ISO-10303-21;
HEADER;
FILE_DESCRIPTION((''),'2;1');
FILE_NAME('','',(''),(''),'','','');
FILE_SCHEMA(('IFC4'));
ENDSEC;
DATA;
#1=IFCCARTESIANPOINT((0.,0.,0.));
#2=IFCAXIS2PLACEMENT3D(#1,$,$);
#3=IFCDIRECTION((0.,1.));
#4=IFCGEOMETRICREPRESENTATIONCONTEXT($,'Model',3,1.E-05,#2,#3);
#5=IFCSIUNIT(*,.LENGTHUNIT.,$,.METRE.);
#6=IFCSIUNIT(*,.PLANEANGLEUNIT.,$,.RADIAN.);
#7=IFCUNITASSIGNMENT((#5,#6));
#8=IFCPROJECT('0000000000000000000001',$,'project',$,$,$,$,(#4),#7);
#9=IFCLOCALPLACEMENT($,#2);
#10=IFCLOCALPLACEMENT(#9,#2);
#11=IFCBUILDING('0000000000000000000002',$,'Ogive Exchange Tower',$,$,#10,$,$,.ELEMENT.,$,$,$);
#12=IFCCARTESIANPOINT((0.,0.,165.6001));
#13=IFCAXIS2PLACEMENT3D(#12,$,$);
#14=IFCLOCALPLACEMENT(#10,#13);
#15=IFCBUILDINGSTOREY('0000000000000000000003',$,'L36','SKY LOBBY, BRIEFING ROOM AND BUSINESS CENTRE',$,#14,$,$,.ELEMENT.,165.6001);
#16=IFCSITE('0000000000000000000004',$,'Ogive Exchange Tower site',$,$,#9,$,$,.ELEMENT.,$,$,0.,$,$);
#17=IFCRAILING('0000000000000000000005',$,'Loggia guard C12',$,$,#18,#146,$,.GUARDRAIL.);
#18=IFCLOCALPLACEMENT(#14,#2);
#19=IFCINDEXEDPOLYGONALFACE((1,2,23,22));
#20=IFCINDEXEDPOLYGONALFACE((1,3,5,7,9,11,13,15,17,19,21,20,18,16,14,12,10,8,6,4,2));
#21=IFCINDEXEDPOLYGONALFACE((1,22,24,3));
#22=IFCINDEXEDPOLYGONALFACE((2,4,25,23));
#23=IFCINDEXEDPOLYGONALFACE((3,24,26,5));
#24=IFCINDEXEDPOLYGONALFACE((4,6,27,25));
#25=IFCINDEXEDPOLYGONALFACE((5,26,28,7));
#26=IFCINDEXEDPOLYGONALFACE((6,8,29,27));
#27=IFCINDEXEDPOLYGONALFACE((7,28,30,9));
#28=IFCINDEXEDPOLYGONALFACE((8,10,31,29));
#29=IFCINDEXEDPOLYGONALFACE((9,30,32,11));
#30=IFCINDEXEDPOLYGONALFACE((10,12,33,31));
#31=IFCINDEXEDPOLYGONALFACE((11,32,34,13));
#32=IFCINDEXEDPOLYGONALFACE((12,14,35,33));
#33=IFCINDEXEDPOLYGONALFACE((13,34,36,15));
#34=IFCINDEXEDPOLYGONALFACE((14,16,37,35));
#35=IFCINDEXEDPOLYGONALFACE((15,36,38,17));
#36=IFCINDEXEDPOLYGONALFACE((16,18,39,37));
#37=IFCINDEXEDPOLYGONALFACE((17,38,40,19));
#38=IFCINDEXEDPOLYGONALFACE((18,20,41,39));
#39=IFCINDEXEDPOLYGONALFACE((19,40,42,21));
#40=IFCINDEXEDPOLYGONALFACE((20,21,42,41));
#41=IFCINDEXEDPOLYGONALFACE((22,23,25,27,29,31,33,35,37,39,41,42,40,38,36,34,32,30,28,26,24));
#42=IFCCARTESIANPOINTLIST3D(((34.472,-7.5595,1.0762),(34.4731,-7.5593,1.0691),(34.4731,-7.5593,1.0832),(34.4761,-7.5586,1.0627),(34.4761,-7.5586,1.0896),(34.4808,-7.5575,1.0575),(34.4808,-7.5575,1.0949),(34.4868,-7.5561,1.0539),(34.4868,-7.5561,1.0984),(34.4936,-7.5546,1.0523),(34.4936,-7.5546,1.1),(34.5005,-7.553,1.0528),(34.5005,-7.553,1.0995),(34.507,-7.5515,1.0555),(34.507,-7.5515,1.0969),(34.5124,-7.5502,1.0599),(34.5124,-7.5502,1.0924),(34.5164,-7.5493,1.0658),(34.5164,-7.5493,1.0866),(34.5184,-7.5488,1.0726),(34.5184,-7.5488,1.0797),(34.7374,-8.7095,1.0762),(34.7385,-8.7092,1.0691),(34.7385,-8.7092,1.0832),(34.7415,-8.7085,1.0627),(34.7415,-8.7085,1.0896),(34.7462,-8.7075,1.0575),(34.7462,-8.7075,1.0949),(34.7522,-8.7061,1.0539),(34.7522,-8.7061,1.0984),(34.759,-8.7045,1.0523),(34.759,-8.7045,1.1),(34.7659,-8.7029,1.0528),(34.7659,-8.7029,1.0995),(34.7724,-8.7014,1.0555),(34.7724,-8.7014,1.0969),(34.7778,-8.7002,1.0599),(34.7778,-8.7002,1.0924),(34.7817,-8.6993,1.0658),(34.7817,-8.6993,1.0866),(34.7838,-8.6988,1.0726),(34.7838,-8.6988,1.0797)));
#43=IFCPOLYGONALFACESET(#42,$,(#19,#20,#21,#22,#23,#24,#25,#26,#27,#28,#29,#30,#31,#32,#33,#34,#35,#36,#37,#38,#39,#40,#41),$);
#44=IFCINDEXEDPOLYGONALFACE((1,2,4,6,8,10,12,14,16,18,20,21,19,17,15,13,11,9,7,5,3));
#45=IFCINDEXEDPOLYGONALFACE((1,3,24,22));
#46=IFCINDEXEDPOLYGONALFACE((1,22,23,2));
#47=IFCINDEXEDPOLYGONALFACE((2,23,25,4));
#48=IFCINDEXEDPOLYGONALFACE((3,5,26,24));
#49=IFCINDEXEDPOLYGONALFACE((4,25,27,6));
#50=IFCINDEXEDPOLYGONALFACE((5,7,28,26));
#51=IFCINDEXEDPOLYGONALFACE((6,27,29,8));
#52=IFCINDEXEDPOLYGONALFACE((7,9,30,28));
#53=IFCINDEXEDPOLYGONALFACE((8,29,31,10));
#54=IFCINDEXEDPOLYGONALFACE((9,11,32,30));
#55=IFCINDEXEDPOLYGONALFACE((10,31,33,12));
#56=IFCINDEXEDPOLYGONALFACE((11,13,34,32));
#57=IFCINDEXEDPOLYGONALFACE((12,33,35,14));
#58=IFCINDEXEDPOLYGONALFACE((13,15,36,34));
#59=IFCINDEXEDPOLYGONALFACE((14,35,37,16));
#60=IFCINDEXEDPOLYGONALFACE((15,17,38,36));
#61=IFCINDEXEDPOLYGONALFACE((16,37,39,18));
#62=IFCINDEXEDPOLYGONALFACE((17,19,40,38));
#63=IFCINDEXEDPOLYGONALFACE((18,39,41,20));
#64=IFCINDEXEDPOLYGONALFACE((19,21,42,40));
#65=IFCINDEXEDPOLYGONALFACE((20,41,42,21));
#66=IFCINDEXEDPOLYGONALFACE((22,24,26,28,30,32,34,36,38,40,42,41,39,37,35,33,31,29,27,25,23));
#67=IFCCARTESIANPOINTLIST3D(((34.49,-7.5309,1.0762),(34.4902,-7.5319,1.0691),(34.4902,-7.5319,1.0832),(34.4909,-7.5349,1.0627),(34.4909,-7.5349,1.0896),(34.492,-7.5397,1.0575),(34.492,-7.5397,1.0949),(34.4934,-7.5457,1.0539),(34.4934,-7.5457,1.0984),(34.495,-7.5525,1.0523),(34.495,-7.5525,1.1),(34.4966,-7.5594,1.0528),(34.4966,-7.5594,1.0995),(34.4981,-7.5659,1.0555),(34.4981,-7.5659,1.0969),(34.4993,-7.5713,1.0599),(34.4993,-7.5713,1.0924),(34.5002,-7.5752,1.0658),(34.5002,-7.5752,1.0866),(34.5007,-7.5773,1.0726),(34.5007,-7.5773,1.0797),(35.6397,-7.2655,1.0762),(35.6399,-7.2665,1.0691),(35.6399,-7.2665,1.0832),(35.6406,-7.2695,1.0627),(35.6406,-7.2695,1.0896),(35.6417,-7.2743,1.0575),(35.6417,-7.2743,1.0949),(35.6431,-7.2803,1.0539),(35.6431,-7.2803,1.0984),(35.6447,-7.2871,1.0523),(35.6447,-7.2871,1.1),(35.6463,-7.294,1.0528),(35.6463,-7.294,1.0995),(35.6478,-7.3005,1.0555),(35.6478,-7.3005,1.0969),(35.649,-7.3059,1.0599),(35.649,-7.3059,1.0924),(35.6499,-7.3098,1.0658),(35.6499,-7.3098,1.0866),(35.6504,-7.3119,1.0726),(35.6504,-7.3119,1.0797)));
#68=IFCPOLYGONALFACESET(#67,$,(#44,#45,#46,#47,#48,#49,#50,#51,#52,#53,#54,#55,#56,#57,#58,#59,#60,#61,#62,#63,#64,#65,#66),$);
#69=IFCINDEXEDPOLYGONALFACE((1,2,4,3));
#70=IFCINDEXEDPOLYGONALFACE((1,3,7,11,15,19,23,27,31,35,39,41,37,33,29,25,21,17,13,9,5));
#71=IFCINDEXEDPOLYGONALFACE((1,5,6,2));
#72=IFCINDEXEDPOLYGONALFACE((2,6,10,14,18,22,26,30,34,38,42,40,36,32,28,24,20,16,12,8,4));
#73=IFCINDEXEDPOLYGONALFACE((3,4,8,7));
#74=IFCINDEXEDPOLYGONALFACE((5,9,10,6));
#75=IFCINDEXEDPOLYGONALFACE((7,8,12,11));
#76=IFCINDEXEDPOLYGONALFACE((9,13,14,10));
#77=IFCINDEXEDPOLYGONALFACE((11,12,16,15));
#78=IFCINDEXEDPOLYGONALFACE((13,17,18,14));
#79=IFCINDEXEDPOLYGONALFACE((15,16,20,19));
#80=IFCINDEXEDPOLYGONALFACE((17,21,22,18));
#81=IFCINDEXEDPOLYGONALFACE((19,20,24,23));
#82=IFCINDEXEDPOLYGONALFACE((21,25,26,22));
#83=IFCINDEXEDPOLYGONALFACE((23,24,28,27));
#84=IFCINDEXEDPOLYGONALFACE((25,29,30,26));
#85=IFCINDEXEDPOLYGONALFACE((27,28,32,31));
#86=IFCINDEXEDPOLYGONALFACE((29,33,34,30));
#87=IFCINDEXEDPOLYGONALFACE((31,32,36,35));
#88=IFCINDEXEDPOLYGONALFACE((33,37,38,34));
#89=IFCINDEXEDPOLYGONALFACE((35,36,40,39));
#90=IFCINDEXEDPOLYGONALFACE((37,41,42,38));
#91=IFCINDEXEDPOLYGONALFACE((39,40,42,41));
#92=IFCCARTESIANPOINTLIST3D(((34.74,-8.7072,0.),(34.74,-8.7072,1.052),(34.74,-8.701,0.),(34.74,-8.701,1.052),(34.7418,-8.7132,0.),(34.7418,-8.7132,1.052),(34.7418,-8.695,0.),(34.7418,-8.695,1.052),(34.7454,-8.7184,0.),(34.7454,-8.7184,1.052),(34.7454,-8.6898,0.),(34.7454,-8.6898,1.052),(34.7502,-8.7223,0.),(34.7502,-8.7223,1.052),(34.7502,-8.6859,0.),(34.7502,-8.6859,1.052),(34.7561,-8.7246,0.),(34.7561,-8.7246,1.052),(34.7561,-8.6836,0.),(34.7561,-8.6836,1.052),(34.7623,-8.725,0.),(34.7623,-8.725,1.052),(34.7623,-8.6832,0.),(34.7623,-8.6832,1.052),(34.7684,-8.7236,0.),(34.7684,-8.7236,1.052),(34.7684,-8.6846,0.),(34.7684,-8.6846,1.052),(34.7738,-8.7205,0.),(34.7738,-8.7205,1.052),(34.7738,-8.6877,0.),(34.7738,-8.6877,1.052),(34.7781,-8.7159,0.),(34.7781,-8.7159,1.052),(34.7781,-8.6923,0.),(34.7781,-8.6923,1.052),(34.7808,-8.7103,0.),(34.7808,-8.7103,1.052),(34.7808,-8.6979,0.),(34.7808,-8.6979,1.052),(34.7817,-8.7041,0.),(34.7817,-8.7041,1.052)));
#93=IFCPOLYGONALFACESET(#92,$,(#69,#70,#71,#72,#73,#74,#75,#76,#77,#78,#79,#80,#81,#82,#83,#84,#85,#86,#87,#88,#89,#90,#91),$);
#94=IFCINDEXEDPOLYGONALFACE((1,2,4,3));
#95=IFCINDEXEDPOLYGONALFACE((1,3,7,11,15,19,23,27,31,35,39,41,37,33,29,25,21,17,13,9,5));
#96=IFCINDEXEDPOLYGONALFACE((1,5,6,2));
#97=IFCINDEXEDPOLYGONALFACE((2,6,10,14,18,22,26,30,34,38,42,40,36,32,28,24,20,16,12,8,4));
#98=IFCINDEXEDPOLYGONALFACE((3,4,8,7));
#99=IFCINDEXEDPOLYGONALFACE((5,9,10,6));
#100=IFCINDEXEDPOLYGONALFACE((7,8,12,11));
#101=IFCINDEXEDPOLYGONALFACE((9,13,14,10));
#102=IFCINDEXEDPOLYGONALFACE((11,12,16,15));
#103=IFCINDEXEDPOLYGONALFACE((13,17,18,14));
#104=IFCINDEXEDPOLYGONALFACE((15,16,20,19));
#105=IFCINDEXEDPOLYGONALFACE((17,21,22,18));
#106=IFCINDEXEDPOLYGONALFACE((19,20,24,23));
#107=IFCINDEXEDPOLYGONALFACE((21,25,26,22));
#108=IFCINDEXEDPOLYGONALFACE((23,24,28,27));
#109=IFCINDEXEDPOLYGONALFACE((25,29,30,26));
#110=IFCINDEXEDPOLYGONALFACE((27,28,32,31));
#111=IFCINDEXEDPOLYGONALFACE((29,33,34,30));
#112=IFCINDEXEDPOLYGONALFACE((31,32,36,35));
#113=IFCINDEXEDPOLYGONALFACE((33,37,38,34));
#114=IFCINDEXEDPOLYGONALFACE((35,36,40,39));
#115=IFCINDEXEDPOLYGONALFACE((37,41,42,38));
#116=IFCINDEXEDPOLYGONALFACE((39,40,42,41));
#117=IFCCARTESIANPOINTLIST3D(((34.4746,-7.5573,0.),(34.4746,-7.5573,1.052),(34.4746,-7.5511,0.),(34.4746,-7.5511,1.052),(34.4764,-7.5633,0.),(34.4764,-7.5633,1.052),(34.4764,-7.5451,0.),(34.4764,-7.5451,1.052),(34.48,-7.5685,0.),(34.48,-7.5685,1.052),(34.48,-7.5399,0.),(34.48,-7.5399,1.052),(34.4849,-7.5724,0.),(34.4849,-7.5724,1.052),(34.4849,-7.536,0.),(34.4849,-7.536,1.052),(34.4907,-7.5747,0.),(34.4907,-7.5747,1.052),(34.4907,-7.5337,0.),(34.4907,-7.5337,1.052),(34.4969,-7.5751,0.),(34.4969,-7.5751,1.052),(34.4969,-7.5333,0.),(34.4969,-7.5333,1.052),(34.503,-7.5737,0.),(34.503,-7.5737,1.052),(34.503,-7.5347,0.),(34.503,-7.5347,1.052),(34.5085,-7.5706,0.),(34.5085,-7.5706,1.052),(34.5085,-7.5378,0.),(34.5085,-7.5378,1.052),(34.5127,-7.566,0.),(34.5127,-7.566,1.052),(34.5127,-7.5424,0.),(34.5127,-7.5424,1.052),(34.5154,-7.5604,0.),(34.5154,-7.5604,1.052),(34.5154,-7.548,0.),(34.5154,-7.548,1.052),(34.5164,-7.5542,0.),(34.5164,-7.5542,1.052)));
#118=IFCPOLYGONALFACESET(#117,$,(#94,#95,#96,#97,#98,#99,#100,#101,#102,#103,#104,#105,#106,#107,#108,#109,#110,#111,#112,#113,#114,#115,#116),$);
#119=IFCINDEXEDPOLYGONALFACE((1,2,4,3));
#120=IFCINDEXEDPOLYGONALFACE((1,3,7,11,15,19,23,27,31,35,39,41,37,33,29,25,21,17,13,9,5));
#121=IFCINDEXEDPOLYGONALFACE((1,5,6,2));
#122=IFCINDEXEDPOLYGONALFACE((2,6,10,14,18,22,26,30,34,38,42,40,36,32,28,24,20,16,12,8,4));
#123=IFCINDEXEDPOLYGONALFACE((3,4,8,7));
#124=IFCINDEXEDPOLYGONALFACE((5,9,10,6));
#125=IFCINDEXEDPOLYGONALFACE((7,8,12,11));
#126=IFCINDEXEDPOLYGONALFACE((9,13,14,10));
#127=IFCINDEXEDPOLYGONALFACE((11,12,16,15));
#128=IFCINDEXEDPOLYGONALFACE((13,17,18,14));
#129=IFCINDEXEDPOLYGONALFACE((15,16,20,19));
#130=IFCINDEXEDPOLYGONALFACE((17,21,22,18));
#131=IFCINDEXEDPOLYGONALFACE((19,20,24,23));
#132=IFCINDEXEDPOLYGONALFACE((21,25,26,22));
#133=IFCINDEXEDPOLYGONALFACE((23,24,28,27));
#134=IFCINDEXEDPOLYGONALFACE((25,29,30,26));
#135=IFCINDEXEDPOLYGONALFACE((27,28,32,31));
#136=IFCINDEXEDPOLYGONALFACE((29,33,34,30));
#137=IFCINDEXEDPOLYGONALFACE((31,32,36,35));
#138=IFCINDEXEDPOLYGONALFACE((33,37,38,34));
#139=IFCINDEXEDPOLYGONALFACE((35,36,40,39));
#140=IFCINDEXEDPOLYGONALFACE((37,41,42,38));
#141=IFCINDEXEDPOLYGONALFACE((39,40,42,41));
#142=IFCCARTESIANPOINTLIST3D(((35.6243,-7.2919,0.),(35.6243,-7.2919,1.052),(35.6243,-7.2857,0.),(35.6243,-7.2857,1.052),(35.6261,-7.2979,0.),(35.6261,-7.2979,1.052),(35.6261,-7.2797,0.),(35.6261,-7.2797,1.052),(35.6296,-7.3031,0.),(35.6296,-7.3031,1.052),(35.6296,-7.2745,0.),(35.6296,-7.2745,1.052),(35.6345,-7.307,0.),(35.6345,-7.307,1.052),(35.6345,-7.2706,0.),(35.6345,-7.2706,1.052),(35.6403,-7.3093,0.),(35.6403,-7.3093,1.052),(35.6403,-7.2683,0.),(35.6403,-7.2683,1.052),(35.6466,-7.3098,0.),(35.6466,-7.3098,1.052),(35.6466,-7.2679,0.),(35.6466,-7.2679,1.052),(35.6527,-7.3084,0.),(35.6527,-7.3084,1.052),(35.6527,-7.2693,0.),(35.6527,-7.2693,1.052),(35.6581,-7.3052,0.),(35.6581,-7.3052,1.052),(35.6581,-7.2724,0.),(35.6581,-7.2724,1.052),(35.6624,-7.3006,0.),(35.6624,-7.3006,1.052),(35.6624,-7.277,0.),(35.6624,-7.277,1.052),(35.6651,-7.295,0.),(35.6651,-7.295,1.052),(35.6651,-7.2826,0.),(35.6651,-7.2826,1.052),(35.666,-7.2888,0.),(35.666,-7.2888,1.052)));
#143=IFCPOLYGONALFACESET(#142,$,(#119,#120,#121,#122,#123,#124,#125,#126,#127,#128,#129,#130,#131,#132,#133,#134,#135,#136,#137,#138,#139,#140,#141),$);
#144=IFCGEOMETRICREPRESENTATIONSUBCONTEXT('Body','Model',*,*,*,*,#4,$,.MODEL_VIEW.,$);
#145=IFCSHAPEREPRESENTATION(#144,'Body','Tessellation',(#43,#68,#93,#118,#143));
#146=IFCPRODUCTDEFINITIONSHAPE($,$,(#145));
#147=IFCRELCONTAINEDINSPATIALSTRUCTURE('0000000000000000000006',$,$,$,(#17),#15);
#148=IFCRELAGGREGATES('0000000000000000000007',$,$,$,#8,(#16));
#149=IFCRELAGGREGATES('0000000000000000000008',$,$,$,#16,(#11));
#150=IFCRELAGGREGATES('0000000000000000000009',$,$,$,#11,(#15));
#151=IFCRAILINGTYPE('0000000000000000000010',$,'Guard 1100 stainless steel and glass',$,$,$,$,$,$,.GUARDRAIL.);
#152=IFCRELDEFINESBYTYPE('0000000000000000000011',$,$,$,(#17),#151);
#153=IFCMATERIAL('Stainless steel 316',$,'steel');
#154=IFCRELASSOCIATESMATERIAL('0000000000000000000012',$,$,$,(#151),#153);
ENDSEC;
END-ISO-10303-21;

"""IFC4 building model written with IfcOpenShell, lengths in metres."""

from ifc_helpers import new_model, si_unit, direction, frame, origin, origin_2d, place, context, subcontext, project, spatial, circle, extrude, material, type_object, element, save


model = new_model("IFC4")

# Units and contexts
model_context = context("Model", 3, precision=1e-05, world=origin(), true_north=direction((0.0, 1.0)))
body_context = subcontext(model_context, "Body", "Model", "MODEL_VIEW")
ifc_project = project(units=[si_unit("LENGTHUNIT", "METRE"), si_unit("PLANEANGLEUNIT", "RADIAN")], contexts=[model_context])

# Site, building, storey
site_placement = place(None, origin())
site = spatial("IfcSite", under=ifc_project, at=site_placement, Name="Ogive Exchange Tower site", CompositionType="ELEMENT", RefElevation=0.0)
building_placement = place(site_placement, origin())
building = spatial("IfcBuilding", under=site, at=building_placement, Name="Ogive Exchange Tower", CompositionType="ELEMENT")
storey_placement = place(building_placement, frame((0.0, 0.0, 165.6001)))
storey = spatial("IfcBuildingStorey", under=building, at=storey_placement, Name="L36", Description="SKY LOBBY, BRIEFING ROOM AND BUSINESS CENTRE", CompositionType="ELEMENT", Elevation=165.6001)

# Railing
ifc_material_1 = material(Name="Stainless steel 316", Category="steel")
railing_type_1 = type_object("IfcRailingType", Name="Guard 1100 stainless steel and glass", PredefinedType="GUARDRAIL", material=ifc_material_1)
for number, where, name in (
    (1, (34.7607, -8.7041, 0.0), "Loggia guard C12"),
):
    element("IfcRailing", number, at=place(storey_placement, frame(where)), inside=storey, type_object=railing_type_1, Name=name, PredefinedType="GUARDRAIL", context=body_context, shape_type="SweptSolid", body=[
        extrude(circle(Radius=0.0239, at=origin_2d()), frame((0.0, 0.0, 1.0762), z_axis=(-0.224875, 0.974388, 0.0), x_axis=(-0.974388, -0.224875, 0.0)), (0.0, 0.0, 1.0), 1.1802),
        extrude(circle(Radius=0.0239, at=origin_2d()), frame((-0.2654, 1.1499, 1.0762), z_axis=(0.974377, 0.22492, 0.0), x_axis=(-0.22492, 0.974377, 0.0)), (0.0, 0.0, 1.0), 1.1799),
        extrude(circle(Radius=0.021, at=origin_2d()), origin(), (0.0, 0.0, 1.0), 1.052),
        extrude(circle(Radius=0.021, at=origin_2d()), frame((-0.2654, 1.1499, 0.0)), (0.0, 0.0, 1.0), 1.052),
        extrude(circle(Radius=0.021, at=origin_2d()), frame((0.8843, 1.4153, 0.0)), (0.0, 0.0, 1.0), 1.052),
    ])

save(model, "model.ifc")
